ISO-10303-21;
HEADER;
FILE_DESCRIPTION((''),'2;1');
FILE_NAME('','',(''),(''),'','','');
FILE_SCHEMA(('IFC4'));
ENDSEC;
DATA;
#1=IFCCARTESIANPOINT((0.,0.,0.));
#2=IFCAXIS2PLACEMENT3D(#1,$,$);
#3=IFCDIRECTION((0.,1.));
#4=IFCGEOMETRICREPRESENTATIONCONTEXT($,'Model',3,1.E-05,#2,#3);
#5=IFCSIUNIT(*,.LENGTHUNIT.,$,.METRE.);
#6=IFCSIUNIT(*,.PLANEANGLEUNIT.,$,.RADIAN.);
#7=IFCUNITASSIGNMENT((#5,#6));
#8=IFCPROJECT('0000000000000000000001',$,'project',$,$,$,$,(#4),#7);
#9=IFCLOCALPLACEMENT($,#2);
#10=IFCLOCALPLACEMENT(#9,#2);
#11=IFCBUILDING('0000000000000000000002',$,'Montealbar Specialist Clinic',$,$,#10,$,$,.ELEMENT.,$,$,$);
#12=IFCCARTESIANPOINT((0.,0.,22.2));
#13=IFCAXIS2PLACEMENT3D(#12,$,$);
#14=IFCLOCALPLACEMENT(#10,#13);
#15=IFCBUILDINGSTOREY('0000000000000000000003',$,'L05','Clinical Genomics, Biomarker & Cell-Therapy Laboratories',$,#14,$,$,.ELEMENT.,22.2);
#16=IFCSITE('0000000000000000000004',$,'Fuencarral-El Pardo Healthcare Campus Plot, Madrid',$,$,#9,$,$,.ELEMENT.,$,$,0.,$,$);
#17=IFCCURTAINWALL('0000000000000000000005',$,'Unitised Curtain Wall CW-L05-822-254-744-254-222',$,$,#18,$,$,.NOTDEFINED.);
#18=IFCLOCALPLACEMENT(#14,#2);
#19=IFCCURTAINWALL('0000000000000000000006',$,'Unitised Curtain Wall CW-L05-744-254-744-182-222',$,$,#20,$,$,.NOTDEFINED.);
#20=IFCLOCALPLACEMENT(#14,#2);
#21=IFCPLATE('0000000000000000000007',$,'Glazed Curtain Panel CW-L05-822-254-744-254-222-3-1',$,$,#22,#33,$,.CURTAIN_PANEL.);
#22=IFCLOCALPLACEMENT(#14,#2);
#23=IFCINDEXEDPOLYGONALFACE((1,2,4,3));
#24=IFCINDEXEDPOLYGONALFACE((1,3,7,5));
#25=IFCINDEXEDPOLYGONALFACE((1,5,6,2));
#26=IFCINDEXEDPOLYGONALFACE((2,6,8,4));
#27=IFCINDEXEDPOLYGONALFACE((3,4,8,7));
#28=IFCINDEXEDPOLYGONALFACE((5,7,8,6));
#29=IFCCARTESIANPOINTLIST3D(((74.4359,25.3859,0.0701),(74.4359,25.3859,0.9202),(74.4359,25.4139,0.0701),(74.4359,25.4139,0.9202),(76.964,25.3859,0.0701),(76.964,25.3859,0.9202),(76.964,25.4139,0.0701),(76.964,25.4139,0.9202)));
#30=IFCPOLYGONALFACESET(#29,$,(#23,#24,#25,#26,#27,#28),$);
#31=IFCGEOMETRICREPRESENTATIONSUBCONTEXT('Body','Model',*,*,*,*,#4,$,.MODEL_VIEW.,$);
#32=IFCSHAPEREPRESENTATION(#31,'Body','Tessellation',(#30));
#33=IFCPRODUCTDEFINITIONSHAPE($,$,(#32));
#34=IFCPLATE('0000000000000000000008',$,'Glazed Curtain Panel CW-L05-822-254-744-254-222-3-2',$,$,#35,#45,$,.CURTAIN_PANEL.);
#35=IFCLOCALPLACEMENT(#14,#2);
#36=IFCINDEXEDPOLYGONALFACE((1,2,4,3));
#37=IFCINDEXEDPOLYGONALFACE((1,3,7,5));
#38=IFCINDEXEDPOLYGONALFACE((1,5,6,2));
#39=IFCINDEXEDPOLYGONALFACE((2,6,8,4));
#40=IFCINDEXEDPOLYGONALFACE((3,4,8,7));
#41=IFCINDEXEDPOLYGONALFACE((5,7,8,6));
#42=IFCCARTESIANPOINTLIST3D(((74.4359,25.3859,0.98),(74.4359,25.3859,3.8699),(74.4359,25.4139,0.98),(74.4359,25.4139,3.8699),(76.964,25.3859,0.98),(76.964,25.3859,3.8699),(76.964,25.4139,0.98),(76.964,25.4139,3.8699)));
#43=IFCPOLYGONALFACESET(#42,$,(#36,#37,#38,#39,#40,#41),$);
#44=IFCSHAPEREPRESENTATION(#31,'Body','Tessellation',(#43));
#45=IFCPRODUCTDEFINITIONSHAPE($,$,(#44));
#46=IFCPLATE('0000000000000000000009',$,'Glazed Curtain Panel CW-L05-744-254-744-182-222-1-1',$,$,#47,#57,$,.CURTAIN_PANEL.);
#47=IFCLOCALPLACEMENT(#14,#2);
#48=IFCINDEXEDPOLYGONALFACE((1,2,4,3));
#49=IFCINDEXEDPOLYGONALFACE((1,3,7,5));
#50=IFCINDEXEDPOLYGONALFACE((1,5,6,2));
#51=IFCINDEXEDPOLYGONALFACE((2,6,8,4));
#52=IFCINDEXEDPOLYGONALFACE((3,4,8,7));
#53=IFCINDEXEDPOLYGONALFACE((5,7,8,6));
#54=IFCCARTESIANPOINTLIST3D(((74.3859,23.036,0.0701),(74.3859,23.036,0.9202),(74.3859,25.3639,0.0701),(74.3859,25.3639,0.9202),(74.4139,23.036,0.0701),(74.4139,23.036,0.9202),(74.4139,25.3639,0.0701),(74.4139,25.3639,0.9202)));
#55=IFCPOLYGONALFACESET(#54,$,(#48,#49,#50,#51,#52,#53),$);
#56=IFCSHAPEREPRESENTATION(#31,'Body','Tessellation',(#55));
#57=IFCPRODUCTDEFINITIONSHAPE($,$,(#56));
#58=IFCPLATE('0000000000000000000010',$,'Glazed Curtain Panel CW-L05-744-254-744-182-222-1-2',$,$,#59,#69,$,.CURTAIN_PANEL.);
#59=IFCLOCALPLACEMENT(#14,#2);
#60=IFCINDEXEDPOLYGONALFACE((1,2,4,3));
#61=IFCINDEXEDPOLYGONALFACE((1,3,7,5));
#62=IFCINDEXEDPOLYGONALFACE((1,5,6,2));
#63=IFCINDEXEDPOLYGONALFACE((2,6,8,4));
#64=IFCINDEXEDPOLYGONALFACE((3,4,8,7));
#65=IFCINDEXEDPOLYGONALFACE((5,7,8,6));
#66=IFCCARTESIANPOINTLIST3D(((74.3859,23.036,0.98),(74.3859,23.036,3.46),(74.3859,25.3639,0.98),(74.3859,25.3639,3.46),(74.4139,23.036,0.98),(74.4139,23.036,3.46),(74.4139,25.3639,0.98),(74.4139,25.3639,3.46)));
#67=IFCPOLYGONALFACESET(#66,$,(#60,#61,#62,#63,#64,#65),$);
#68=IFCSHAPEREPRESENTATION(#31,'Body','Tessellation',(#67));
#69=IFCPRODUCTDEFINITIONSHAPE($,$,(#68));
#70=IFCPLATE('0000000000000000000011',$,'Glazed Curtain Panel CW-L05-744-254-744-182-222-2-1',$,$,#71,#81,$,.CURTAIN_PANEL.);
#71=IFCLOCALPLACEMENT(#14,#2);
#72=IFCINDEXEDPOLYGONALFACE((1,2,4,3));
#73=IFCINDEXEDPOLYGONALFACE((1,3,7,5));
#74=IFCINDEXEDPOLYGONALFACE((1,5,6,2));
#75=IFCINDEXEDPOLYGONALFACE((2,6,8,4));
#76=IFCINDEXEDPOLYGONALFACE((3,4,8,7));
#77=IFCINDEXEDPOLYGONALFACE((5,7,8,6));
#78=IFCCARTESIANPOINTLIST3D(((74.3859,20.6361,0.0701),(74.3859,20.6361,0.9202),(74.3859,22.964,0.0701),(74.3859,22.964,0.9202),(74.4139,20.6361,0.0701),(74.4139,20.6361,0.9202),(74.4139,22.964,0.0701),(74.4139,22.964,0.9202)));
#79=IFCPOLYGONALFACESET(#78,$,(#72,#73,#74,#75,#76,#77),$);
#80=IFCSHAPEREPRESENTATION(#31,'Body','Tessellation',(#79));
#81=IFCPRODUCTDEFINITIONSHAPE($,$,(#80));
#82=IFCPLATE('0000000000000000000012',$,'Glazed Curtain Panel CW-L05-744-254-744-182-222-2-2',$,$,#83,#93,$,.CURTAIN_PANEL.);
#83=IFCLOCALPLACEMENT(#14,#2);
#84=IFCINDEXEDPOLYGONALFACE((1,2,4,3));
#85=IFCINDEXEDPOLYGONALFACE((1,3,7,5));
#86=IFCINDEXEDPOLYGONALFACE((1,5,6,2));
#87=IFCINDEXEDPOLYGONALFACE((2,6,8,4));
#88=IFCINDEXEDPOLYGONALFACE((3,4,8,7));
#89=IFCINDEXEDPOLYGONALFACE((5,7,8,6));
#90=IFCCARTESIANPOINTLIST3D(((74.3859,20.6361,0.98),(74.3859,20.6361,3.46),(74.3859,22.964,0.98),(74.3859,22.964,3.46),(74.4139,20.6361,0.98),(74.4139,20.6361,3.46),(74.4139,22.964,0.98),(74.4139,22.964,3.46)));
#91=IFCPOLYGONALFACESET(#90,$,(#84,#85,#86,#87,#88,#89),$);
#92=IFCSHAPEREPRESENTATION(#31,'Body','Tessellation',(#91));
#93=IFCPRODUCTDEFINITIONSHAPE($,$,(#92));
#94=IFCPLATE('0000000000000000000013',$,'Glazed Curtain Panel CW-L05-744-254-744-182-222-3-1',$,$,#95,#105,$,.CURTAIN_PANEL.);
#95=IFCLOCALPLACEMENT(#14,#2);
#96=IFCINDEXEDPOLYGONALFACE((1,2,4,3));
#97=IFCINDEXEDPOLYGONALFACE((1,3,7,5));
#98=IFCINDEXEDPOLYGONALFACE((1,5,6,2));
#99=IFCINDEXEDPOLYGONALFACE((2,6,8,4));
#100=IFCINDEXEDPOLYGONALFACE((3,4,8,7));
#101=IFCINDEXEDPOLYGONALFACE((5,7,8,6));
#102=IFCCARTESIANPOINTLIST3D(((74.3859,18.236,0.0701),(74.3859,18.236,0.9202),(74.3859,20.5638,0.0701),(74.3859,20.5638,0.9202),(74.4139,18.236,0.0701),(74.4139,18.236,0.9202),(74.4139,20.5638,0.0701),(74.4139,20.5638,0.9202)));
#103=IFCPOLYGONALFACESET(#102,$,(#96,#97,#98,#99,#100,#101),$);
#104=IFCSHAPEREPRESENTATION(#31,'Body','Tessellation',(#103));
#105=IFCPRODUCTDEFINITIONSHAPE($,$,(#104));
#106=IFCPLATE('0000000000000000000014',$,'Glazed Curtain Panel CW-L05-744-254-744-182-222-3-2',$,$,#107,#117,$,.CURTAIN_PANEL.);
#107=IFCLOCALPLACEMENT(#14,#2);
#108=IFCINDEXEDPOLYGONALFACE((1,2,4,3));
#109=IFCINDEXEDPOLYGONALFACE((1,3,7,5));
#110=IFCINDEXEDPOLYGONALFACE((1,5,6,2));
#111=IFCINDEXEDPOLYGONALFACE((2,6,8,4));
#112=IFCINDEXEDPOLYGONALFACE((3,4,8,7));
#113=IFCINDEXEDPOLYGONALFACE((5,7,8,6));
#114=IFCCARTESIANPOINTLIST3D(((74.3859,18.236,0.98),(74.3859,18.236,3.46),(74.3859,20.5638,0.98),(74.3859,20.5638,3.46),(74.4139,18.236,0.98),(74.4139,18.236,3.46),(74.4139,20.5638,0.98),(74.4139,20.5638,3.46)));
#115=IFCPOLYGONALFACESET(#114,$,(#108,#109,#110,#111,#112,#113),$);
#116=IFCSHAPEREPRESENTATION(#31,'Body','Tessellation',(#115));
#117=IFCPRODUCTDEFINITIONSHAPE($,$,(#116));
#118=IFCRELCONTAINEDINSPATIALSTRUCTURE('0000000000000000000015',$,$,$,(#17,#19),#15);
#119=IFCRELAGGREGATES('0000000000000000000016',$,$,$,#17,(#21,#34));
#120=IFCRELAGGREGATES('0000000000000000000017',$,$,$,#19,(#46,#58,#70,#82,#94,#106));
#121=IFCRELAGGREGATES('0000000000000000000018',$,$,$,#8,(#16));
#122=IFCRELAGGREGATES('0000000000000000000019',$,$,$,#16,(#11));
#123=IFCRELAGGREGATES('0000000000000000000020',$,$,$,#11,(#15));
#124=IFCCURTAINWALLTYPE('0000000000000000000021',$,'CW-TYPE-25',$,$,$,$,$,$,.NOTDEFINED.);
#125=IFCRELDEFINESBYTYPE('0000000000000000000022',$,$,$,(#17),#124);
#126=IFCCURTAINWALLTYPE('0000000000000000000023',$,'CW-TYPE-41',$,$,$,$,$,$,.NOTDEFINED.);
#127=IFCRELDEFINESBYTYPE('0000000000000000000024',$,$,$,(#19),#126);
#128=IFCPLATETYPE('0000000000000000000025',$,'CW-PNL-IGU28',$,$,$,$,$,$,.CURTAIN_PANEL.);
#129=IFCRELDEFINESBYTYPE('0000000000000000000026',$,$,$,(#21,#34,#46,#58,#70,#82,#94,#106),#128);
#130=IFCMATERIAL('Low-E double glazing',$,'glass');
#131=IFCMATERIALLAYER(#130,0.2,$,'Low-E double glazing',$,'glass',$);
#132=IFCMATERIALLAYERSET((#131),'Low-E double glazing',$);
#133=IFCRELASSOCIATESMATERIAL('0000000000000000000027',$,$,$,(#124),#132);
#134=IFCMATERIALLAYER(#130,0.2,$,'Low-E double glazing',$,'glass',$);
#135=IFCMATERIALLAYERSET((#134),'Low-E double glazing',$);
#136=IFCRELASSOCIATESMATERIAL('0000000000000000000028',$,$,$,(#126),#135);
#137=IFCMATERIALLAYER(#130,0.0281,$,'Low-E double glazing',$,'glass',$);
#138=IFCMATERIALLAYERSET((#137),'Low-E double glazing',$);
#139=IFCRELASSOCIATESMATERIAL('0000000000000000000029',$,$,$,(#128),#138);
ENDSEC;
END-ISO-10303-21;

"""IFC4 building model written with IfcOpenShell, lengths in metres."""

from ifc_helpers import new_model, si_unit, direction, frame, origin, origin_2d, place, context, subcontext, project, spatial, rectangle, extrude, material, layer, layer_set, type_object, element, aggregate, save


model = new_model("IFC4")

# Units and contexts
model_context = context("Model", 3, precision=1e-05, world=origin(), true_north=direction((0.0, 1.0)))
body_context = subcontext(model_context, "Body", "Model", "MODEL_VIEW")
ifc_project = project(units=[si_unit("LENGTHUNIT", "METRE"), si_unit("PLANEANGLEUNIT", "RADIAN")], contexts=[model_context])

# Site, building, storey
site_placement = place(None, origin())
site = spatial("IfcSite", under=ifc_project, at=site_placement, Name="Fuencarral-El Pardo Healthcare Campus Plot, Madrid", CompositionType="ELEMENT", RefElevation=0.0)
building_placement = place(site_placement, origin())
building = spatial("IfcBuilding", under=site, at=building_placement, Name="Montealbar Specialist Clinic", CompositionType="ELEMENT")
storey_placement = place(building_placement, frame((0.0, 0.0, 22.2)))
storey = spatial("IfcBuildingStorey", under=building, at=storey_placement, Name="L05", Description="Clinical Genomics, Biomarker & Cell-Therapy Laboratories", CompositionType="ELEMENT", Elevation=22.2)

# Curtain wall
ifc_material_1 = material(Name="Low-E double glazing", Category="glass")
ifc_layer_1 = layer(ifc_material_1, 0.2, Name="Low-E double glazing", Category="glass")
ifc_layer_set_1 = layer_set([ifc_layer_1], Name="Low-E double glazing")
curtain_wall_type_1 = type_object("IfcCurtainWallType", Name="CW-TYPE-25", PredefinedType="NOTDEFINED", material=ifc_layer_set_1)
curtain_wall_1_placement = place(storey_placement, origin())
curtain_wall_1 = element("IfcCurtainWall", 1, at=curtain_wall_1_placement, inside=storey, type_object=curtain_wall_type_1, Name="Unitised Curtain Wall CW-L05-822-254-744-254-222", PredefinedType="NOTDEFINED")

# Curtain wall
ifc_layer_2 = layer(ifc_material_1, 0.2, Name="Low-E double glazing", Category="glass")
ifc_layer_set_2 = layer_set([ifc_layer_2], Name="Low-E double glazing")
curtain_wall_type_2 = type_object("IfcCurtainWallType", Name="CW-TYPE-41", PredefinedType="NOTDEFINED", material=ifc_layer_set_2)
curtain_wall_2_placement = place(storey_placement, origin())
curtain_wall_2 = element("IfcCurtainWall", 2, at=curtain_wall_2_placement, inside=storey, type_object=curtain_wall_type_2, Name="Unitised Curtain Wall CW-L05-744-254-744-182-222", PredefinedType="NOTDEFINED")

# Plates
ifc_layer_3 = layer(ifc_material_1, 0.0281, Name="Low-E double glazing", Category="glass")
ifc_layer_set_3 = layer_set([ifc_layer_3], Name="Low-E double glazing")
plate_type = type_object("IfcPlateType", Name="CW-PNL-IGU28", PredefinedType="CURTAIN_PANEL", material=ifc_layer_set_3)
plate_1_placement = place(storey_placement, frame((75.7, 25.3999, 0.0701), z_axis=(0.0, 0.0, 1.0), x_axis=(-1.0, 0.0, 0.0)))
plate_1 = element("IfcPlate", 3, at=plate_1_placement, type_object=plate_type, Name="Glazed Curtain Panel CW-L05-822-254-744-254-222-3-1", PredefinedType="CURTAIN_PANEL", context=body_context, shape_type="SweptSolid", body=[
    extrude(rectangle(XDim=2.5281, YDim=0.0281, at=origin_2d()), origin(), (0.0, 0.0, 1.0), 0.8501),
])
plate_2_placement = place(storey_placement, frame((75.7, 25.3999, 0.98), z_axis=(0.0, 0.0, 1.0), x_axis=(-1.0, 0.0, 0.0)))
plate_2 = element("IfcPlate", 4, at=plate_2_placement, type_object=plate_type, Name="Glazed Curtain Panel CW-L05-822-254-744-254-222-3-2", PredefinedType="CURTAIN_PANEL", context=body_context, shape_type="SweptSolid", body=[
    extrude(rectangle(XDim=2.5281, YDim=0.0281, at=origin_2d()), origin(), (0.0, 0.0, 1.0), 2.8899),
])
aggregate(curtain_wall_1, [plate_1, plate_2])
plate_3_placement = place(storey_placement, frame((74.3999, 24.2, 0.0701), z_axis=(0.0, 0.0, 1.0), x_axis=(0.0, -1.0, 0.0)))
plate_3 = element("IfcPlate", 5, at=plate_3_placement, type_object=plate_type, Name="Glazed Curtain Panel CW-L05-744-254-744-182-222-1-1", PredefinedType="CURTAIN_PANEL", context=body_context, shape_type="SweptSolid", body=[
    extrude(rectangle(XDim=2.3279, YDim=0.0281, at=origin_2d()), origin(), (0.0, 0.0, 1.0), 0.8501),
])
plate_4_placement = place(storey_placement, frame((74.3999, 24.2, 0.98), z_axis=(0.0, 0.0, 1.0), x_axis=(0.0, -1.0, 0.0)))
plate_4 = element("IfcPlate", 6, at=plate_4_placement, type_object=plate_type, Name="Glazed Curtain Panel CW-L05-744-254-744-182-222-1-2", PredefinedType="CURTAIN_PANEL", context=body_context, shape_type="SweptSolid", body=[
    extrude(rectangle(XDim=2.3279, YDim=0.0281, at=origin_2d()), origin(), (0.0, 0.0, 1.0), 2.48),
])
plate_5_placement = place(storey_placement, frame((74.3999, 21.8, 0.0701), z_axis=(0.0, 0.0, 1.0), x_axis=(0.0, -1.0, 0.0)))
plate_5 = element("IfcPlate", 7, at=plate_5_placement, type_object=plate_type, Name="Glazed Curtain Panel CW-L05-744-254-744-182-222-2-1", PredefinedType="CURTAIN_PANEL", context=body_context, shape_type="SweptSolid", body=[
    extrude(rectangle(XDim=2.3279, YDim=0.0281, at=origin_2d()), origin(), (0.0, 0.0, 1.0), 0.8501),
])
plate_6_placement = place(storey_placement, frame((74.3999, 21.8, 0.98), z_axis=(0.0, 0.0, 1.0), x_axis=(0.0, -1.0, 0.0)))
plate_6 = element("IfcPlate", 8, at=plate_6_placement, type_object=plate_type, Name="Glazed Curtain Panel CW-L05-744-254-744-182-222-2-2", PredefinedType="CURTAIN_PANEL", context=body_context, shape_type="SweptSolid", body=[
    extrude(rectangle(XDim=2.3279, YDim=0.0281, at=origin_2d()), origin(), (0.0, 0.0, 1.0), 2.48),
])
plate_7_placement = place(storey_placement, frame((74.3999, 19.3999, 0.0701), z_axis=(0.0, 0.0, 1.0), x_axis=(0.0, -1.0, 0.0)))
plate_7 = element("IfcPlate", 9, at=plate_7_placement, type_object=plate_type, Name="Glazed Curtain Panel CW-L05-744-254-744-182-222-3-1", PredefinedType="CURTAIN_PANEL", context=body_context, shape_type="SweptSolid", body=[
    extrude(rectangle(XDim=2.3279, YDim=0.0281, at=origin_2d()), origin(), (0.0, 0.0, 1.0), 0.8501),
])
plate_8_placement = place(storey_placement, frame((74.3999, 19.3999, 0.98), z_axis=(0.0, 0.0, 1.0), x_axis=(0.0, -1.0, 0.0)))
plate_8 = element("IfcPlate", 10, at=plate_8_placement, type_object=plate_type, Name="Glazed Curtain Panel CW-L05-744-254-744-182-222-3-2", PredefinedType="CURTAIN_PANEL", context=body_context, shape_type="SweptSolid", body=[
    extrude(rectangle(XDim=2.3279, YDim=0.0281, at=origin_2d()), origin(), (0.0, 0.0, 1.0), 2.48),
])
aggregate(curtain_wall_2, [plate_3, plate_4, plate_5, plate_6, plate_7, plate_8])

save(model, "model.ifc")
